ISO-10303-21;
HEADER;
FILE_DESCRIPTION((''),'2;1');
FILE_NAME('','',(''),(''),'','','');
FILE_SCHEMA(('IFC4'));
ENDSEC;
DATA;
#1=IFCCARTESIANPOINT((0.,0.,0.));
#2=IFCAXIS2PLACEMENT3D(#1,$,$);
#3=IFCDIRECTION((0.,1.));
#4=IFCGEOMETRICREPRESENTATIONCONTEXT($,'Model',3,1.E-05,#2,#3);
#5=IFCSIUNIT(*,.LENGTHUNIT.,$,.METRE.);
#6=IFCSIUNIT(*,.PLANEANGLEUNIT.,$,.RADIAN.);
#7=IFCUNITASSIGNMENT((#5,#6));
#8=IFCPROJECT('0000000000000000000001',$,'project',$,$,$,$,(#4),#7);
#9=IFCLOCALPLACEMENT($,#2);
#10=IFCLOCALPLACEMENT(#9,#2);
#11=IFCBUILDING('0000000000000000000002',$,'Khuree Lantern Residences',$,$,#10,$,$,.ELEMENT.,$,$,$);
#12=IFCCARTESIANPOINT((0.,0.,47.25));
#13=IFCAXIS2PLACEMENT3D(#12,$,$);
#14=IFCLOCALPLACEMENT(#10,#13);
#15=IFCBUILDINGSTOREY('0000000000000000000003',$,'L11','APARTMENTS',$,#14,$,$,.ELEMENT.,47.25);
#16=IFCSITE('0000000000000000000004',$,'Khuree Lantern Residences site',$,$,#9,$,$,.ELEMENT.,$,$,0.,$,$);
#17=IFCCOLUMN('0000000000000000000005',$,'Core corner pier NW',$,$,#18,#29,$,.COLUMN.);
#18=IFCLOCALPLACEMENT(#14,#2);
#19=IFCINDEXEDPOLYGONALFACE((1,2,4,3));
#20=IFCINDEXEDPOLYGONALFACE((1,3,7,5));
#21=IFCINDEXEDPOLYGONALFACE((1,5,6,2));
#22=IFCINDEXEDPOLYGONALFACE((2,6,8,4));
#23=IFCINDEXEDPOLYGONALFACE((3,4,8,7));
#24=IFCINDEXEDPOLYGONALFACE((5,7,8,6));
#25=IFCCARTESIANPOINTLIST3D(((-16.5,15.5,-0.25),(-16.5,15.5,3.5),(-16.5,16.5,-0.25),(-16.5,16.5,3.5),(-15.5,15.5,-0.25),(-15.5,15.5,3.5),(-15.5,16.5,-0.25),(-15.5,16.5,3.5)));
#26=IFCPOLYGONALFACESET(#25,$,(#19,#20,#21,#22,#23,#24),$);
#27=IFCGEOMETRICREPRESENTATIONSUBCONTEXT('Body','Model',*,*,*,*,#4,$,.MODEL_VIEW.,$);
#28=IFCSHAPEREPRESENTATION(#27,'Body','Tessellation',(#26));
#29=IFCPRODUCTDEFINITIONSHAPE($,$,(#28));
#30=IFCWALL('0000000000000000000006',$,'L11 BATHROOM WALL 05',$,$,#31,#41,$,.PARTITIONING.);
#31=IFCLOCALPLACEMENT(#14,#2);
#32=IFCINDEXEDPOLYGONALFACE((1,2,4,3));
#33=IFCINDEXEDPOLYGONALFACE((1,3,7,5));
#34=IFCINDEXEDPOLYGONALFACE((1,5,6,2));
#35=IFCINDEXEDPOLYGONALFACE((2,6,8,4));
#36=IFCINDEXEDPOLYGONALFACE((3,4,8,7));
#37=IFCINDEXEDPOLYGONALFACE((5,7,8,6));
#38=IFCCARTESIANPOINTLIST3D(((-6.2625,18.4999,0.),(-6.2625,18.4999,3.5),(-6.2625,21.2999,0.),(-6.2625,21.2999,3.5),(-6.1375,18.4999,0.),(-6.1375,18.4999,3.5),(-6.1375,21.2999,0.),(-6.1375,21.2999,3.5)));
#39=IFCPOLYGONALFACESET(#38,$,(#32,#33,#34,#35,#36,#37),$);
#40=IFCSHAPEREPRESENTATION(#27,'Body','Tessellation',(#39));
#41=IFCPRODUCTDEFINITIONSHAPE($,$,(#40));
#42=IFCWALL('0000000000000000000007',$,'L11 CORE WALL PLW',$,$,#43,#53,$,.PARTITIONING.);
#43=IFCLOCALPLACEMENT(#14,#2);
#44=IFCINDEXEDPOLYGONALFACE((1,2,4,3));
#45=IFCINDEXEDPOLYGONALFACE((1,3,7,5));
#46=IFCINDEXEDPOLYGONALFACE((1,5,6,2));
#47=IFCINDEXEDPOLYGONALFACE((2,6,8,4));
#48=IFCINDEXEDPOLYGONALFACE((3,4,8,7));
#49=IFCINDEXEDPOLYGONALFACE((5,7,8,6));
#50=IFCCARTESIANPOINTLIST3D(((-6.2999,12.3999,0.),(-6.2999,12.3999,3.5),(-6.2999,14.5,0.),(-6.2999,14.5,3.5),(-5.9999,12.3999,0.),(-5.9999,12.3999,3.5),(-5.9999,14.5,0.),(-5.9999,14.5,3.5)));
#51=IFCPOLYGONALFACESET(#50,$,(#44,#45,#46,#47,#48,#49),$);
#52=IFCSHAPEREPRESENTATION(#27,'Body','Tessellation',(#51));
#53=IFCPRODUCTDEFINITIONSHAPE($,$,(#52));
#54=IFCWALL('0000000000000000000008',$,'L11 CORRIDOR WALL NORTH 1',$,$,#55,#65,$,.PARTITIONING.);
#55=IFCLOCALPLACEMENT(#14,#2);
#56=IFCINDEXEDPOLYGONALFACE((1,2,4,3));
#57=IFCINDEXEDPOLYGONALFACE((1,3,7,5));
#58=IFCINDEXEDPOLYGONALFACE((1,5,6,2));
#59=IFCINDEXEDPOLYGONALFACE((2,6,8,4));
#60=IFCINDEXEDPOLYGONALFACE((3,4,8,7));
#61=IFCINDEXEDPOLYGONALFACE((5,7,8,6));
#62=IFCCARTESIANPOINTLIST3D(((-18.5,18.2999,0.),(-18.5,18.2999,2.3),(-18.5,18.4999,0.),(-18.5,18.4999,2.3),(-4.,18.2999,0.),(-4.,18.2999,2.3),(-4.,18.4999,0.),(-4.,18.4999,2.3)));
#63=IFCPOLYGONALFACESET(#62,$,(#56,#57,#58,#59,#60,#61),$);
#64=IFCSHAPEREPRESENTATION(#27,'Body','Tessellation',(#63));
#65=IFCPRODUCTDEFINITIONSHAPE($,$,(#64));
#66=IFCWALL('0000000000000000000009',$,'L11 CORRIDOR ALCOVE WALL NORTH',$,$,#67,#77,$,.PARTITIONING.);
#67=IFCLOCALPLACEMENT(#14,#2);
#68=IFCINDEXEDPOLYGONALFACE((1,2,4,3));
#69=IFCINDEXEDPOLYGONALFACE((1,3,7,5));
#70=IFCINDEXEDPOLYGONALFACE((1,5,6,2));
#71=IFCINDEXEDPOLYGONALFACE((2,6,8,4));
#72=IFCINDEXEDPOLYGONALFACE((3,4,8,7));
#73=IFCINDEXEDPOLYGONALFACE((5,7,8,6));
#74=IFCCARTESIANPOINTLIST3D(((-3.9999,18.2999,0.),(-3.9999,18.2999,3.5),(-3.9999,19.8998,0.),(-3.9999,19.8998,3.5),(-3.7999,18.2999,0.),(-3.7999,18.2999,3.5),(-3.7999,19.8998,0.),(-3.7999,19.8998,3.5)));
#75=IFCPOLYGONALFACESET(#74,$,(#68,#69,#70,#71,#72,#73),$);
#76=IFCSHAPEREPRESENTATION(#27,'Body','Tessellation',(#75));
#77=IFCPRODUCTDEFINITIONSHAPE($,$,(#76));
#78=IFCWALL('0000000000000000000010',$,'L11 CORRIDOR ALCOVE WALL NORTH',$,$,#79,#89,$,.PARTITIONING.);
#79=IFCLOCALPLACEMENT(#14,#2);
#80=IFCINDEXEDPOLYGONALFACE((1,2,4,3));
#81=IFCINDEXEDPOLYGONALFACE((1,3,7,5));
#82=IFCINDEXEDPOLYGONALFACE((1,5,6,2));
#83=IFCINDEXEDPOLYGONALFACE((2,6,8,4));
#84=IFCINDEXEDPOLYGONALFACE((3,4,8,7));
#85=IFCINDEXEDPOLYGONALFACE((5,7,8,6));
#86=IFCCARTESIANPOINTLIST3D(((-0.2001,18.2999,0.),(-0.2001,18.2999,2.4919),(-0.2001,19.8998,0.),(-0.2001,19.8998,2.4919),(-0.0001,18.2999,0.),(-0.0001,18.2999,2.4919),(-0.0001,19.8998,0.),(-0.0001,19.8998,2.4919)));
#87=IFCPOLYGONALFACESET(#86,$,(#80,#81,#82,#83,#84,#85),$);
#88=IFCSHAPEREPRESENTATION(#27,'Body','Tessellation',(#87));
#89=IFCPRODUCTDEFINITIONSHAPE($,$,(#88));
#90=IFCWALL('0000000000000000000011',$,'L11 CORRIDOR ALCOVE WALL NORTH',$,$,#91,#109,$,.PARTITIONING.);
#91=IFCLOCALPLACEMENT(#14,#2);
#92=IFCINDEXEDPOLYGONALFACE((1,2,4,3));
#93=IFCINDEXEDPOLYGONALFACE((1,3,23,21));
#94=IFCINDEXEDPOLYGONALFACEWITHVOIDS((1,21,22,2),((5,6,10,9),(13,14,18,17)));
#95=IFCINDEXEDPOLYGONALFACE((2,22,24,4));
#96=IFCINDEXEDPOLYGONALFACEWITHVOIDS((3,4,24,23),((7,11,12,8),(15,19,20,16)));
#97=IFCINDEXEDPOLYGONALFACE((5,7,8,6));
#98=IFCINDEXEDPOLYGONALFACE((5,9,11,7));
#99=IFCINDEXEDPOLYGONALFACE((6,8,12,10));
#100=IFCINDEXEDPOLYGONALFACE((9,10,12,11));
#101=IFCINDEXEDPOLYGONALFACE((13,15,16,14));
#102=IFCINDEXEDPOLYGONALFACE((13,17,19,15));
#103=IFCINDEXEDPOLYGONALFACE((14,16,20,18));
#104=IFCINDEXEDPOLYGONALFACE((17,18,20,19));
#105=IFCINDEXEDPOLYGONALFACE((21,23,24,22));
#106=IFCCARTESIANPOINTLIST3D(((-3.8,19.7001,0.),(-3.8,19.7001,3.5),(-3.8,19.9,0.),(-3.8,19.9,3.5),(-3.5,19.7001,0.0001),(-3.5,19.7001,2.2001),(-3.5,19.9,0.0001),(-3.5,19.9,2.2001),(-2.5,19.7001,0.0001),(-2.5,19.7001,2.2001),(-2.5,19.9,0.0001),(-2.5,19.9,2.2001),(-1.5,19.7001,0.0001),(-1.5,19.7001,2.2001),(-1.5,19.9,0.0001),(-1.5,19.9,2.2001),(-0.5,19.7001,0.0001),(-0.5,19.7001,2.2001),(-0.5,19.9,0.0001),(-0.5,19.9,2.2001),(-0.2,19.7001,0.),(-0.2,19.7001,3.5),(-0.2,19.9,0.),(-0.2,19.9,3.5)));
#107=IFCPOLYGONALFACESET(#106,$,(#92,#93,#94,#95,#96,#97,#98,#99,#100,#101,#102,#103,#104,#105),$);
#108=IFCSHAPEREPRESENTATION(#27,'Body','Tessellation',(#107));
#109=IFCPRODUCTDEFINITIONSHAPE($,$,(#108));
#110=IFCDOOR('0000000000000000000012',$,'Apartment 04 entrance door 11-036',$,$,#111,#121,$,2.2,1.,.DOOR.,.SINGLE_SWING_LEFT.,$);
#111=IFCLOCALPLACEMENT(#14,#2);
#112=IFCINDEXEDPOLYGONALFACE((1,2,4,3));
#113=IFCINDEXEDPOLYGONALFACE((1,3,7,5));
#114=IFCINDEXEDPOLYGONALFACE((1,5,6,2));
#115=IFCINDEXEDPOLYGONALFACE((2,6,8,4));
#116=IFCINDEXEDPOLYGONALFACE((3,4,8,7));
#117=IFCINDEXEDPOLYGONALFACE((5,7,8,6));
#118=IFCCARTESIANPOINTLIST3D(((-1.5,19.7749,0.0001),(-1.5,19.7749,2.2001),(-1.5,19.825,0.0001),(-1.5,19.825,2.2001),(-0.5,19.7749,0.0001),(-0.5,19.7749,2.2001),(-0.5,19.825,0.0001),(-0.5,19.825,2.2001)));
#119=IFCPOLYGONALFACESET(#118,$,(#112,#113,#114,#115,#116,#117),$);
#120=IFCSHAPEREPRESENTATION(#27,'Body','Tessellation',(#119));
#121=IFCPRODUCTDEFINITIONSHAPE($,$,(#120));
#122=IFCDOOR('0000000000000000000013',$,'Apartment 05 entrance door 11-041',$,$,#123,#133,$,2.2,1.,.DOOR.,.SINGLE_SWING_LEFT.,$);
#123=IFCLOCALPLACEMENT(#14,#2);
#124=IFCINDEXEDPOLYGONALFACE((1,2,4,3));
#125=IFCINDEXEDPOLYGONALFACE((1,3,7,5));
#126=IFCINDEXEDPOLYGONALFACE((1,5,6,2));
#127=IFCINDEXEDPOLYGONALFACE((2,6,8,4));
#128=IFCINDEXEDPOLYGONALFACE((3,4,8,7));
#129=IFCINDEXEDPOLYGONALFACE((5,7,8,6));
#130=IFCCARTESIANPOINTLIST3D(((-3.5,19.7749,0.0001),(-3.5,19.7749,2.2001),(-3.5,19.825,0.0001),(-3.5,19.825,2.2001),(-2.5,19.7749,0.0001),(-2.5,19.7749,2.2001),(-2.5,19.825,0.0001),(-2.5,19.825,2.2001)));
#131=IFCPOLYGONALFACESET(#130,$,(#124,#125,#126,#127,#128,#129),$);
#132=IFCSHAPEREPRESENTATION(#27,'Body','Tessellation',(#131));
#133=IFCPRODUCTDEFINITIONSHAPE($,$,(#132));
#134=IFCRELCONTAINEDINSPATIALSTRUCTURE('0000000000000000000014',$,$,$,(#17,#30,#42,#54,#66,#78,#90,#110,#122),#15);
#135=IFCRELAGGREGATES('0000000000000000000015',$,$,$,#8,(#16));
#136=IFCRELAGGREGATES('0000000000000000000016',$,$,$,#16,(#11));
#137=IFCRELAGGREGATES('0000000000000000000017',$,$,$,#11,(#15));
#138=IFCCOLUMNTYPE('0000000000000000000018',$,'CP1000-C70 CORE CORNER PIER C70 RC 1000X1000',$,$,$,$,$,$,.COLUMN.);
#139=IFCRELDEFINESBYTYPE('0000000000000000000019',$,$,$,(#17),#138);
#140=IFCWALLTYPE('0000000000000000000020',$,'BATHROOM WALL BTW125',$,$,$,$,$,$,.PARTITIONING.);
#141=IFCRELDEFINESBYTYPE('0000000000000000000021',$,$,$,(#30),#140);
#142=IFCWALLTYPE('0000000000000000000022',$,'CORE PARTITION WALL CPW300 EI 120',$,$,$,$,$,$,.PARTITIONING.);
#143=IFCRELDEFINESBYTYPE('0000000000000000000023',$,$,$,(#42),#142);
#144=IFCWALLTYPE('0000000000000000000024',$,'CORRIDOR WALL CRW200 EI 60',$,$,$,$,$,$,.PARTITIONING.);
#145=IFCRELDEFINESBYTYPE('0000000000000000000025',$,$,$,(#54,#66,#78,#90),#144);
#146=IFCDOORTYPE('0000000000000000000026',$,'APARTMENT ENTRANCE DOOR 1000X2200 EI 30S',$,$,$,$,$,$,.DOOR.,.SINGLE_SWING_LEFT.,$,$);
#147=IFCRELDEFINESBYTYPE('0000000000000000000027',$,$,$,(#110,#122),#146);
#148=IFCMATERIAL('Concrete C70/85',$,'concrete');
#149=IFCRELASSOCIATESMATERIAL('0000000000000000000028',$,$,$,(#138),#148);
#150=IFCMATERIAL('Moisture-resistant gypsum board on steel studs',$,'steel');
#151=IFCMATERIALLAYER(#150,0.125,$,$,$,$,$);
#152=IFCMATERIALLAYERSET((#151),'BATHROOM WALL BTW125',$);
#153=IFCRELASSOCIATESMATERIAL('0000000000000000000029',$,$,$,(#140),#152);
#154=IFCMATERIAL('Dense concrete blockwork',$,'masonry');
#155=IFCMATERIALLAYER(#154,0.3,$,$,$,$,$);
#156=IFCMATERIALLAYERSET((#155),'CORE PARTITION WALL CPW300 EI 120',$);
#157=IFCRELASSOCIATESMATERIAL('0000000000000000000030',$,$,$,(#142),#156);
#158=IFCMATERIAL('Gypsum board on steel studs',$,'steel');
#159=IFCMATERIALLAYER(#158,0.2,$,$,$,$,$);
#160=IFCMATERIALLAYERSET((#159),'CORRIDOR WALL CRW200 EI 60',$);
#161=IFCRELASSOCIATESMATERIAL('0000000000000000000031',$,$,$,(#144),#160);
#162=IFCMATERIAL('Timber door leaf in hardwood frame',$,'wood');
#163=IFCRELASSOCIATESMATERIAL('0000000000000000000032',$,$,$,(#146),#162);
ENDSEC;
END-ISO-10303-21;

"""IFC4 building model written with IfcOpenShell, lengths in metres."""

from ifc_helpers import new_model, si_unit, direction, frame, frame_2d, origin, origin_2d, place, context, subcontext, project, spatial, rectangle, extrude, material, layer, layer_set, material_profile, profile_set, type_object, element, fill, save


model = new_model("IFC4")

# Units and contexts
model_context = context("Model", 3, precision=1e-05, world=origin(), true_north=direction((0.0, 1.0)))
body_context = subcontext(model_context, "Body", "Model", "MODEL_VIEW")
ifc_project = project(units=[si_unit("LENGTHUNIT", "METRE"), si_unit("PLANEANGLEUNIT", "RADIAN")], contexts=[model_context])

# Site, building, storey
site_placement = place(None, origin())
site = spatial("IfcSite", under=ifc_project, at=site_placement, Name="Khuree Lantern Residences site", CompositionType="ELEMENT", RefElevation=0.0)
building_placement = place(site_placement, origin())
building = spatial("IfcBuilding", under=site, at=building_placement, Name="Khuree Lantern Residences", CompositionType="ELEMENT")
storey_placement = place(building_placement, frame((0.0, 0.0, 47.25)))
storey = spatial("IfcBuildingStorey", under=building, at=storey_placement, Name="L11", Description="APARTMENTS", CompositionType="ELEMENT", Elevation=47.25)

# Column
ifc_material_1 = material(Name="Concrete C70/85", Category="concrete")
ifc_material_profile = material_profile(ifc_material_1, rectangle(XDim=1.0, YDim=1.0, at=origin_2d()), Name="RC 1000X1000")
ifc_profile_set = profile_set([ifc_material_profile], Name="Concrete C70/85")
column_type = type_object("IfcColumnType", Name="CP1000-C70 CORE CORNER PIER C70 RC 1000X1000", PredefinedType="COLUMN", material=ifc_profile_set)
column_placement = place(storey_placement, frame((-16.0, 16.0, -0.25), z_axis=(0.0, 0.0, 1.0), x_axis=(1.0, 0.0, 0.0)))
element("IfcColumn", 1, at=column_placement, inside=storey, type_object=column_type, Name="Core corner pier NW", PredefinedType="COLUMN", context=body_context, shape_type="SweptSolid", body=[
    extrude(rectangle(XDim=1.0, YDim=1.0, at=origin_2d()), origin(), (0.0, 0.0, 1.0), 3.75),
])

# Walls
ifc_material_2 = material(Name="Moisture-resistant gypsum board on steel studs", Category="steel")
ifc_layer_1 = layer(ifc_material_2, 0.125)
ifc_layer_set_1 = layer_set([ifc_layer_1], Name="BATHROOM WALL BTW125")
wall_type_1 = type_object("IfcWallType", Name="BATHROOM WALL BTW125", PredefinedType="PARTITIONING", material=ifc_layer_set_1)
wall_1_placement = place(storey_placement, frame((-6.2, 18.5, 0.0), z_axis=(0.0, 0.0, 1.0), x_axis=(0.0, 1.0, 0.0)))
element("IfcWall", 2, at=wall_1_placement, inside=storey, type_object=wall_type_1, Name="L11 BATHROOM WALL 05", PredefinedType="PARTITIONING", context=body_context, shape_type="SweptSolid", body=[
    extrude(rectangle(XDim=2.8, YDim=0.125, at=frame_2d((1.3999, 0.0))), origin(), (0.0, 0.0, 1.0), 3.5),
])
ifc_material_3 = material(Name="Dense concrete blockwork", Category="masonry")
ifc_layer_2 = layer(ifc_material_3, 0.3)
ifc_layer_set_2 = layer_set([ifc_layer_2], Name="CORE PARTITION WALL CPW300 EI 120")
wall_type_2 = type_object("IfcWallType", Name="CORE PARTITION WALL CPW300 EI 120", PredefinedType="PARTITIONING", material=ifc_layer_set_2)
wall_2_placement = place(storey_placement, frame((-6.1499, 12.3999, 0.0), z_axis=(0.0, 0.0, 1.0), x_axis=(0.0, 1.0, 0.0)))
element("IfcWall", 3, at=wall_2_placement, inside=storey, type_object=wall_type_2, Name="L11 CORE WALL PLW", PredefinedType="PARTITIONING", context=body_context, shape_type="SweptSolid", body=[
    extrude(rectangle(XDim=2.1001, YDim=0.3, at=frame_2d((1.05, 0.0))), origin(), (0.0, 0.0, 1.0), 3.5),
])
ifc_material_4 = material(Name="Gypsum board on steel studs", Category="steel")
ifc_layer_3 = layer(ifc_material_4, 0.2)
ifc_layer_set_3 = layer_set([ifc_layer_3], Name="CORRIDOR WALL CRW200 EI 60")
wall_type_3 = type_object("IfcWallType", Name="CORRIDOR WALL CRW200 EI 60", PredefinedType="PARTITIONING", material=ifc_layer_set_3)
wall_3_placement = place(storey_placement, frame((-18.5, 18.3999, 0.0), z_axis=(0.0, 0.0, 1.0), x_axis=(1.0, 0.0, 0.0)))
element("IfcWall", 4, at=wall_3_placement, inside=storey, type_object=wall_type_3, Name="L11 CORRIDOR WALL NORTH 1", PredefinedType="PARTITIONING", context=body_context, shape_type="SweptSolid", body=[
    extrude(rectangle(XDim=14.5, YDim=0.2, at=frame_2d((7.25, 0.0))), origin(), (0.0, 0.0, 1.0), 2.3),
])
wall_4_placement = place(storey_placement, frame((-3.8999, 18.3, 0.0), z_axis=(0.0, 0.0, 1.0), x_axis=(0.0, 1.0, 0.0)))
element("IfcWall", 5, at=wall_4_placement, inside=storey, type_object=wall_type_3, Name="L11 CORRIDOR ALCOVE WALL NORTH", PredefinedType="PARTITIONING", context=body_context, shape_type="SweptSolid", body=[
    extrude(rectangle(XDim=1.5999, YDim=0.2, at=frame_2d((0.7998, 0.0))), origin(), (0.0, 0.0, 1.0), 3.5),
])
wall_5_placement = place(storey_placement, frame((-0.1001, 18.3, 0.0), z_axis=(0.0, 0.0, 1.0), x_axis=(0.0, 1.0, 0.0)))
element("IfcWall", 6, at=wall_5_placement, inside=storey, type_object=wall_type_3, Name="L11 CORRIDOR ALCOVE WALL NORTH", PredefinedType="PARTITIONING", context=body_context, shape_type="SweptSolid", body=[
    extrude(rectangle(XDim=1.5999, YDim=0.2, at=frame_2d((0.7998, 0.0))), origin(), (0.0, 0.0, 1.0), 2.4919),
])

# Wall, openings, doors
wall_6_placement = place(storey_placement, frame((-3.8, 19.8, 0.0), z_axis=(0.0, 0.0, 1.0), x_axis=(1.0, 0.0, 0.0)))
wall_6 = element("IfcWall", 7, at=wall_6_placement, inside=storey, type_object=wall_type_3, Name="L11 CORRIDOR ALCOVE WALL NORTH", PredefinedType="PARTITIONING", context=body_context, shape_type="SweptSolid", body=[
    extrude(rectangle(XDim=3.6001, YDim=0.2, at=frame_2d((1.8, 0.0))), origin(), (0.0, 0.0, 1.0), 3.5),
])
opening_1_placement = place(wall_6_placement, frame((2.3, 0.0, 0.0)))
opening_1 = element("IfcOpeningElement", 8, at=opening_1_placement, cuts=wall_6, PredefinedType="OPENING", context=body_context, shape_type="SweptSolid", body=[
    extrude(rectangle(XDim=1.0, YDim=2.2, at=frame_2d((0.5, 1.1001))), frame((0.0, 0.1099, 0.0), z_axis=(0.0, -1.0, 0.0), x_axis=(1.0, 0.0, 0.0)), (0.0, 0.0, 1.0), 0.22),
])
opening_2_placement = place(wall_6_placement, frame((0.3, 0.0, 0.0)))
opening_2 = element("IfcOpeningElement", 9, at=opening_2_placement, cuts=wall_6, PredefinedType="OPENING", context=body_context, shape_type="SweptSolid", body=[
    extrude(rectangle(XDim=1.0, YDim=2.2, at=frame_2d((0.5, 1.1001))), frame((0.0, 0.1099, 0.0), z_axis=(0.0, -1.0, 0.0), x_axis=(1.0, 0.0, 0.0)), (0.0, 0.0, 1.0), 0.22),
])
ifc_material_5 = material(Name="Timber door leaf in hardwood frame", Category="wood")
door_type_1 = type_object("IfcDoorType", Name="APARTMENT ENTRANCE DOOR 1000X2200 EI 30S", OperationType="SINGLE_SWING_LEFT", PredefinedType="DOOR", material=ifc_material_5)
door_1_placement = place(opening_1_placement, origin())
door_1 = element("IfcDoor", 10, at=door_1_placement, inside=storey, type_object=door_type_1, Name="Apartment 04 entrance door 11-036", OperationType="SINGLE_SWING_LEFT", OverallHeight=2.2, OverallWidth=1.0, PredefinedType="DOOR", context=body_context, shape_type="SweptSolid", body=[
    extrude(rectangle(XDim=1.0, YDim=2.2, at=frame_2d((0.5, 1.1001))), frame((0.0, 0.0249, 0.0), z_axis=(0.0, -1.0, 0.0), x_axis=(1.0, 0.0, 0.0)), (0.0, 0.0, 1.0), 0.05),
])
fill(opening_1, door_1)
door_2_placement = place(opening_2_placement, origin())
door_2 = element("IfcDoor", 11, at=door_2_placement, inside=storey, type_object=door_type_1, Name="Apartment 05 entrance door 11-041", OperationType="SINGLE_SWING_LEFT", OverallHeight=2.2, OverallWidth=1.0, PredefinedType="DOOR", context=body_context, shape_type="SweptSolid", body=[
    extrude(rectangle(XDim=1.0, YDim=2.2, at=frame_2d((0.5, 1.1001))), frame((0.0, 0.0249, 0.0), z_axis=(0.0, -1.0, 0.0), x_axis=(1.0, 0.0, 0.0)), (0.0, 0.0, 1.0), 0.05),
])
fill(opening_2, door_2)

save(model, "model.ifc")
